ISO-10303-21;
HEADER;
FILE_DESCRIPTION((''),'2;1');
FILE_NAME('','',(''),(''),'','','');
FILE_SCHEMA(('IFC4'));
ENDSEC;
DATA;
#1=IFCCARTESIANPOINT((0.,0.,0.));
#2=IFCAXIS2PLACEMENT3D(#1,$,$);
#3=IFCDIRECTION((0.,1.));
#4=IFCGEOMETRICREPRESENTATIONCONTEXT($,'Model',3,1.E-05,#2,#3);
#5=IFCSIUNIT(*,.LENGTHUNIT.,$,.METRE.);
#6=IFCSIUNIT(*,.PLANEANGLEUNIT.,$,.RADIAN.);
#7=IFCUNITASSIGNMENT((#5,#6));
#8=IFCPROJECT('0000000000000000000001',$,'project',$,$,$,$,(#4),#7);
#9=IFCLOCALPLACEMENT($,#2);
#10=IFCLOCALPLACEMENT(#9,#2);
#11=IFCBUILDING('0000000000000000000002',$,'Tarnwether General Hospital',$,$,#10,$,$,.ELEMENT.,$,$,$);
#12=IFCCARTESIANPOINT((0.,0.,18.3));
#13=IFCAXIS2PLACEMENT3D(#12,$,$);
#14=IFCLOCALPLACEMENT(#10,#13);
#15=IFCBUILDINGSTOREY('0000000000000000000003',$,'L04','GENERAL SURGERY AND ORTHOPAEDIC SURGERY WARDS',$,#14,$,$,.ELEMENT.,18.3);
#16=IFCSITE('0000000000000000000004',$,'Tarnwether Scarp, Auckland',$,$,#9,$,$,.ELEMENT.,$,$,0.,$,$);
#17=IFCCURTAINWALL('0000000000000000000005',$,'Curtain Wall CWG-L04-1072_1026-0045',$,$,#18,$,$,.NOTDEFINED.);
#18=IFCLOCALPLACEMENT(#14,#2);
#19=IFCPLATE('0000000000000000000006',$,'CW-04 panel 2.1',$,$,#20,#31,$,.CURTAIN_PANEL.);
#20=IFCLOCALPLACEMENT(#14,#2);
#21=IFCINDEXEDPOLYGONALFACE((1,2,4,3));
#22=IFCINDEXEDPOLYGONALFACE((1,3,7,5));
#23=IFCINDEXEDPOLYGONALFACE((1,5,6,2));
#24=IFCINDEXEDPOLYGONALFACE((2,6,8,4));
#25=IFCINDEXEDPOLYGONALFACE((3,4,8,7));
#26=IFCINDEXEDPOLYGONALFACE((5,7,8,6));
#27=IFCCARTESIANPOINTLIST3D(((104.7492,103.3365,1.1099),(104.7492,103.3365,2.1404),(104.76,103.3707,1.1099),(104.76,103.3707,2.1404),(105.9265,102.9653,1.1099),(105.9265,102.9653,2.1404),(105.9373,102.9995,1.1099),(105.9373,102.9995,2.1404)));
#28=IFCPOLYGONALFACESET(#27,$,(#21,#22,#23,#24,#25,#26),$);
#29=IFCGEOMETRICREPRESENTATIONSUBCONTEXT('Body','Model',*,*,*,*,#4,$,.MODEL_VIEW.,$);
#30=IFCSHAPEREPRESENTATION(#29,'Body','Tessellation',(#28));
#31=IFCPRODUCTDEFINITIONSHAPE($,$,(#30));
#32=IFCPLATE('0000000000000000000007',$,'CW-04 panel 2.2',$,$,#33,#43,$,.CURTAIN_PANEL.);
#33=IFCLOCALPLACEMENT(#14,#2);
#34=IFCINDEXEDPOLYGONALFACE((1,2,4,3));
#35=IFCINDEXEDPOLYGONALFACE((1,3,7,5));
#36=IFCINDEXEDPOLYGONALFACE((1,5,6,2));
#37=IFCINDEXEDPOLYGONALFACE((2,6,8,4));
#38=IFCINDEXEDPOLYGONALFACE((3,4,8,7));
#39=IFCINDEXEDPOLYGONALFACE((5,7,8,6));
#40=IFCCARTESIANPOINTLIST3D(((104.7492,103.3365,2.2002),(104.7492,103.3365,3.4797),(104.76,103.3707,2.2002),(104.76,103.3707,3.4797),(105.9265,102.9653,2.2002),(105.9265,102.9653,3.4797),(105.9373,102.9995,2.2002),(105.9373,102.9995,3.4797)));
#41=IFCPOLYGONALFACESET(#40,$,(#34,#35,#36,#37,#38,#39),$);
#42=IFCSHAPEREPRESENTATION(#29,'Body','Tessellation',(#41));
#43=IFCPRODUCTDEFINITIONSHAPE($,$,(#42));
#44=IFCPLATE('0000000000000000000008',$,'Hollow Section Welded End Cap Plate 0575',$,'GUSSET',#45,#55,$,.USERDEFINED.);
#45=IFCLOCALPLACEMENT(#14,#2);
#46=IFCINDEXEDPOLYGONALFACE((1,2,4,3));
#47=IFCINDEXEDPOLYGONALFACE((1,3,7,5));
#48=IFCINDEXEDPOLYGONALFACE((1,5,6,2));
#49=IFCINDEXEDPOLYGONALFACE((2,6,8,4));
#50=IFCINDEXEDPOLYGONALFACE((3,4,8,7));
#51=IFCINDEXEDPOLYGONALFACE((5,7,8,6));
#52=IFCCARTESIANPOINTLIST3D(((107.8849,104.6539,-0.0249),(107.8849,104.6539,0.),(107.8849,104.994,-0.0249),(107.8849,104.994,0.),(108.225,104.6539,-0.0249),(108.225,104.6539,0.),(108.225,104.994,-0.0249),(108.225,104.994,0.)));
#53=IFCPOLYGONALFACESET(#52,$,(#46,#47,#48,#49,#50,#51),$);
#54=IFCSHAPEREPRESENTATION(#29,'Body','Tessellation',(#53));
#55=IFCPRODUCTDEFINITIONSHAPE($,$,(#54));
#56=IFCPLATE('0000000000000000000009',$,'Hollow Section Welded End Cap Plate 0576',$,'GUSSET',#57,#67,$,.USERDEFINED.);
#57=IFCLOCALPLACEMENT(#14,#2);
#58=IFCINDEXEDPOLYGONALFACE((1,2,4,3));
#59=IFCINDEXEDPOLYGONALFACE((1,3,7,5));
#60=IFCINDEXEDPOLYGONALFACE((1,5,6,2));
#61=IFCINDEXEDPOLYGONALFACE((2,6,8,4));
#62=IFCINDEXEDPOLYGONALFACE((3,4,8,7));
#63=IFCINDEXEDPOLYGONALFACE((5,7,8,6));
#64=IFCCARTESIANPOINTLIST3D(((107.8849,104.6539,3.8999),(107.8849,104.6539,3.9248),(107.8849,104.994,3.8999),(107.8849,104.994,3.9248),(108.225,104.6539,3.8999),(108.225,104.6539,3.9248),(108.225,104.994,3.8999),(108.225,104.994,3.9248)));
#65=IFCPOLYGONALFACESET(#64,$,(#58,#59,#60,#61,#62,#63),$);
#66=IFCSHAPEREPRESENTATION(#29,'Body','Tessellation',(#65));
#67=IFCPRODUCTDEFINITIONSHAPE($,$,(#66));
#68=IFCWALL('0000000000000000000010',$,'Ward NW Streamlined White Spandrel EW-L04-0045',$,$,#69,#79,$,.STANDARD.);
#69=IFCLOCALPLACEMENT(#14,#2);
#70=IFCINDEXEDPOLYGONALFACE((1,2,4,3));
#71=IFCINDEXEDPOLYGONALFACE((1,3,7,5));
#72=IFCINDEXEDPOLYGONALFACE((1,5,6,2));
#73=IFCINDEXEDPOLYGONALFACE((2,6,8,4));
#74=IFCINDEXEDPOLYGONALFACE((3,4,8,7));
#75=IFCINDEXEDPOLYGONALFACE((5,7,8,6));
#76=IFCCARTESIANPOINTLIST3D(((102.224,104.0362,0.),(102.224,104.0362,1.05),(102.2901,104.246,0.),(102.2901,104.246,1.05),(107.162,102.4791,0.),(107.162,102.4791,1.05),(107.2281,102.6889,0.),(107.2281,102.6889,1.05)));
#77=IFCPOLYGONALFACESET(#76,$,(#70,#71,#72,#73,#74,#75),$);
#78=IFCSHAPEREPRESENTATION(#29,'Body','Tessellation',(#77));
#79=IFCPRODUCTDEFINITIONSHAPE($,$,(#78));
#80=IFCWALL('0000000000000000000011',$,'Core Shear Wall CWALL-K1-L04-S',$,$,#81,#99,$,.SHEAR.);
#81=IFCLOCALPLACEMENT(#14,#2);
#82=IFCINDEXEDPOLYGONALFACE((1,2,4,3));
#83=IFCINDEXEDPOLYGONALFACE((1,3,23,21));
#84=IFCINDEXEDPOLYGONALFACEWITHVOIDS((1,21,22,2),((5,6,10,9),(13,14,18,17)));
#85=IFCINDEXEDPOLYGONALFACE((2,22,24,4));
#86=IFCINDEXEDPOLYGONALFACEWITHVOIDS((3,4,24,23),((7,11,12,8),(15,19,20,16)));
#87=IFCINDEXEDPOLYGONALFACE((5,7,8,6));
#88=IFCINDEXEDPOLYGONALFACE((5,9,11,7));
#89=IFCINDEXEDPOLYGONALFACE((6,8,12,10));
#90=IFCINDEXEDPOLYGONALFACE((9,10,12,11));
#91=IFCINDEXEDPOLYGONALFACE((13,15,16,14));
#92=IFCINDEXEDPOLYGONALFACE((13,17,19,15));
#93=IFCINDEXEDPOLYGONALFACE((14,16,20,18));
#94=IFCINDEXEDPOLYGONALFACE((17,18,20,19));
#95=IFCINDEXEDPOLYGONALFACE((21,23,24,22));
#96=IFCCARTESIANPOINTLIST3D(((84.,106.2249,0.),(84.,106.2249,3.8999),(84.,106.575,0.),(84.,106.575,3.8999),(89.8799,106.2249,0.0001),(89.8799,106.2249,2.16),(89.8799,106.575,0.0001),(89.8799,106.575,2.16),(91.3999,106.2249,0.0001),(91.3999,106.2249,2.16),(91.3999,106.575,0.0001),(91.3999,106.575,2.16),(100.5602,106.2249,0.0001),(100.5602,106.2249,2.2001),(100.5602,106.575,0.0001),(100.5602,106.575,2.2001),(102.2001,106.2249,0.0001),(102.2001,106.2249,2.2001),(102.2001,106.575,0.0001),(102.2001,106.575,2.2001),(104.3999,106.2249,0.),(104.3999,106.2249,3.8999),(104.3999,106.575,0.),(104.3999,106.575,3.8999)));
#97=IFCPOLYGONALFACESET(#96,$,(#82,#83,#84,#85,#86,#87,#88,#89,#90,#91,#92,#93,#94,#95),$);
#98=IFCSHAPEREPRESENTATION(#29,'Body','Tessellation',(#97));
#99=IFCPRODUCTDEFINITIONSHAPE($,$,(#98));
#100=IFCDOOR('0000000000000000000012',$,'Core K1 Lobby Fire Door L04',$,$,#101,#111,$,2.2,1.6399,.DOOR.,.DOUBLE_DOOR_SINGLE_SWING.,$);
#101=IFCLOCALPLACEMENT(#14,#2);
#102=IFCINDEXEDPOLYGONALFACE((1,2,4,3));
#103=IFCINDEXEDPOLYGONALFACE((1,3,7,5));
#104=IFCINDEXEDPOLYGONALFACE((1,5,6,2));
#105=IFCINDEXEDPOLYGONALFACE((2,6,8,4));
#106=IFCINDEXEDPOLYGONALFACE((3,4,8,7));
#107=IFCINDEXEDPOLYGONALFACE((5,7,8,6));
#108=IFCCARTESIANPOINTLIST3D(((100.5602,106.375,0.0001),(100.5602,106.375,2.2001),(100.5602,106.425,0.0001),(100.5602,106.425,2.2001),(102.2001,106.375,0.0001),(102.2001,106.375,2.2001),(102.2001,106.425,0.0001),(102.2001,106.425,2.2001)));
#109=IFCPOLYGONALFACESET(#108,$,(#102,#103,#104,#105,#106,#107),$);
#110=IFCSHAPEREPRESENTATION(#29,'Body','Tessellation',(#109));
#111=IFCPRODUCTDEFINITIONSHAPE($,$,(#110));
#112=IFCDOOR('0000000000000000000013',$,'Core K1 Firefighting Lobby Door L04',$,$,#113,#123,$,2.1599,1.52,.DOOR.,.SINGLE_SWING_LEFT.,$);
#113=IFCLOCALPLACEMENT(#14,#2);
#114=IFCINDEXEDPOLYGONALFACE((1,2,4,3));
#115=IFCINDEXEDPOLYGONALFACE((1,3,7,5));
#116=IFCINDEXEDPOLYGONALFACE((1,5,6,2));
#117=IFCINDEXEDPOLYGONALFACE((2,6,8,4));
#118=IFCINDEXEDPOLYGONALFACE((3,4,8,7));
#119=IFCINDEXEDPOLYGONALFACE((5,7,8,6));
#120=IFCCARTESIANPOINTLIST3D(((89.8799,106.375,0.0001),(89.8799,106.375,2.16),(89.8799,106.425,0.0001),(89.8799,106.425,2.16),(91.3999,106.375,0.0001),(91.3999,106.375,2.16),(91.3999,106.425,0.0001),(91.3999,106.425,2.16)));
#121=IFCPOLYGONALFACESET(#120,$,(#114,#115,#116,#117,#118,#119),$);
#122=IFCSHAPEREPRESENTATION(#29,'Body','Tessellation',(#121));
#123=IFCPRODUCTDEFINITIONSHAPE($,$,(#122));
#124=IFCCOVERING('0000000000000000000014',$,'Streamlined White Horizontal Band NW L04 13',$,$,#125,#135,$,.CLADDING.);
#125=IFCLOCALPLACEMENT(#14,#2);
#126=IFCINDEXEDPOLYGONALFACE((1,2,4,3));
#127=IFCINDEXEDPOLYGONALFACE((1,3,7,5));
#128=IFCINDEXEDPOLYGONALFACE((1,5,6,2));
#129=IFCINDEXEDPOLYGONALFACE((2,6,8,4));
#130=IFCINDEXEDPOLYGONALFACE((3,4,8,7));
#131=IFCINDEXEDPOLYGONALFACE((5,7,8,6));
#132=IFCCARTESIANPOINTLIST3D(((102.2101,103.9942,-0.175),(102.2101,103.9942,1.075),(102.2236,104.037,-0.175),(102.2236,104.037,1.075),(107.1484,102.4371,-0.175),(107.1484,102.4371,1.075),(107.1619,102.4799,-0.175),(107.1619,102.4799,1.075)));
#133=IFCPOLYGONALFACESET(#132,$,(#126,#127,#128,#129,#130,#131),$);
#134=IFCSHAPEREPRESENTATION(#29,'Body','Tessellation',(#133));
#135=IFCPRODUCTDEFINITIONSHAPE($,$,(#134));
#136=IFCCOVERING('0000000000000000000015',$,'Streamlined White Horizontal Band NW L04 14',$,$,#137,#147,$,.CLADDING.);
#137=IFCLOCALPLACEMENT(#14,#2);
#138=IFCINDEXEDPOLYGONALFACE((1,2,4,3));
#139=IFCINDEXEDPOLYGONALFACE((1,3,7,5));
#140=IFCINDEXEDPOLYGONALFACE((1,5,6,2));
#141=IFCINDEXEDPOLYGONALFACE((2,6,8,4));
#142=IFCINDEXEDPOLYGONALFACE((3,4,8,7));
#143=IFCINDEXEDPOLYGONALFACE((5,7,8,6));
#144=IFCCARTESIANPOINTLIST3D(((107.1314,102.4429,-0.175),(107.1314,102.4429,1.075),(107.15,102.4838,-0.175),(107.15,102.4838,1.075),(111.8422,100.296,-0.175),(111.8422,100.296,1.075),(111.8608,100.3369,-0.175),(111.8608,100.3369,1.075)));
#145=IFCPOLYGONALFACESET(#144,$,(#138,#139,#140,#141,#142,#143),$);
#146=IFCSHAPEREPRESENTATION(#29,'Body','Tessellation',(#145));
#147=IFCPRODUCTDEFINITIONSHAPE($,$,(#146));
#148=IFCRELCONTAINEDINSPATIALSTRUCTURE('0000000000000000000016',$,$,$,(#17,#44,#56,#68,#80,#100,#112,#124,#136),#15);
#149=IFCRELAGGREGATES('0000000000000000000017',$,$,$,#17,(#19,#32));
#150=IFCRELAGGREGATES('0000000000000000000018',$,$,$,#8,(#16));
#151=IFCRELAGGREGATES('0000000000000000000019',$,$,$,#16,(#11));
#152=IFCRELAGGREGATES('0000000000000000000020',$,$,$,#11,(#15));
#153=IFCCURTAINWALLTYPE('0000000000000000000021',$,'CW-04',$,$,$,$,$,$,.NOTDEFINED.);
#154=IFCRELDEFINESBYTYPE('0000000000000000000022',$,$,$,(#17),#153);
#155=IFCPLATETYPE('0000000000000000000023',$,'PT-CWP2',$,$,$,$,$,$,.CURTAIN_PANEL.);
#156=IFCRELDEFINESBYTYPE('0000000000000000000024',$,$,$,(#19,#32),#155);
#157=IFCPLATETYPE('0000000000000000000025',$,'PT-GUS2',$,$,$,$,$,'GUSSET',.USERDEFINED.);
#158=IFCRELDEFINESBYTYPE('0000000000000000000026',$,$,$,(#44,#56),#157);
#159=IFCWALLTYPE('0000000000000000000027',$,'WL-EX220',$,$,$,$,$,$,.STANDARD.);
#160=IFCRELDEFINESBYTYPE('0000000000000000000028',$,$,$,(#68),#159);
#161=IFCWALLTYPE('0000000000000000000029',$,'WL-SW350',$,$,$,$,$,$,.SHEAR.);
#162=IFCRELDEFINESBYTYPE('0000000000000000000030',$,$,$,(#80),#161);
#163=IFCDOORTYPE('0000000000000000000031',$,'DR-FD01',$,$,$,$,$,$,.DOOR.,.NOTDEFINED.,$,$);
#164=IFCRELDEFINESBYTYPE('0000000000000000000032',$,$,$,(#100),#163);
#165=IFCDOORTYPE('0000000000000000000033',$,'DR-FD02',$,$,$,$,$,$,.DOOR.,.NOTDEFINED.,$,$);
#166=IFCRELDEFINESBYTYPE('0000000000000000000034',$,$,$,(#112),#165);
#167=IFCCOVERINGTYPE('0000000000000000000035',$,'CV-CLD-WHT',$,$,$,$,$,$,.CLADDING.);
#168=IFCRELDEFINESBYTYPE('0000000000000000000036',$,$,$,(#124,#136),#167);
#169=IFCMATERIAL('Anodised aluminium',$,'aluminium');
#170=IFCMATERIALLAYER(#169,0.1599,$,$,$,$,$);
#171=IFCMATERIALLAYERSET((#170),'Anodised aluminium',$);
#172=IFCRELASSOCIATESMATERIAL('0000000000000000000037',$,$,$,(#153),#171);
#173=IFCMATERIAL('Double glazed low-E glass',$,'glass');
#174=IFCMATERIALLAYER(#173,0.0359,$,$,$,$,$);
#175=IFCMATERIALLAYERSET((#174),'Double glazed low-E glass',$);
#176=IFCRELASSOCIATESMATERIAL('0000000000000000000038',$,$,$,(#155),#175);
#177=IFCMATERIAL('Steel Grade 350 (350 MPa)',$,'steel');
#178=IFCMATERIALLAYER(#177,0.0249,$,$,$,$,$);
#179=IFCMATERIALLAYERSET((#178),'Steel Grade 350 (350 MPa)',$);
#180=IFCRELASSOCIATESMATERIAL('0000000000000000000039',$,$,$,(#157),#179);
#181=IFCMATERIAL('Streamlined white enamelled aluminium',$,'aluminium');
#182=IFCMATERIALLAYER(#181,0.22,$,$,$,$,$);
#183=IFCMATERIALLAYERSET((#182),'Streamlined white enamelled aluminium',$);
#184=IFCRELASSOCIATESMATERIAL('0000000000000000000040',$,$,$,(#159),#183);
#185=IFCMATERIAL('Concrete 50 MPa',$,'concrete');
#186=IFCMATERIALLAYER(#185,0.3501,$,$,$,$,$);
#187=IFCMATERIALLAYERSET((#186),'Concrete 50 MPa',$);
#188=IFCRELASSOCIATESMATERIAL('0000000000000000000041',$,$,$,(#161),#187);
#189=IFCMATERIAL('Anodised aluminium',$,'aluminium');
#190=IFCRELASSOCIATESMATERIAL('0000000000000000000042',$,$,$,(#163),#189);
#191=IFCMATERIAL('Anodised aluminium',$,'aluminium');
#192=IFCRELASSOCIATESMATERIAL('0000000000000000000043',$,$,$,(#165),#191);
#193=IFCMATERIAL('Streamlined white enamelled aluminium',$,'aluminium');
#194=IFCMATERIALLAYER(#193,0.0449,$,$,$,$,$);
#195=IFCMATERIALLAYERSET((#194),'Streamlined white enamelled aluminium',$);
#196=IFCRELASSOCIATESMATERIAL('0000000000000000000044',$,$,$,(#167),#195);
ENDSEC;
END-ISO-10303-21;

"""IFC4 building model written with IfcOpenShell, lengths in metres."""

from ifc_helpers import new_model, si_unit, direction, frame, frame_2d, origin, origin_2d, place, context, subcontext, project, spatial, rectangle, extrude, material, layer, layer_set, type_object, element, fill, aggregate, save


model = new_model("IFC4")

# Units and contexts
model_context = context("Model", 3, precision=1e-05, world=origin(), true_north=direction((0.0, 1.0)))
body_context = subcontext(model_context, "Body", "Model", "MODEL_VIEW")
ifc_project = project(units=[si_unit("LENGTHUNIT", "METRE"), si_unit("PLANEANGLEUNIT", "RADIAN")], contexts=[model_context])

# Site, building, storey
site_placement = place(None, origin())
site = spatial("IfcSite", under=ifc_project, at=site_placement, Name="Tarnwether Scarp, Auckland", CompositionType="ELEMENT", RefElevation=0.0)
building_placement = place(site_placement, origin())
building = spatial("IfcBuilding", under=site, at=building_placement, Name="Tarnwether General Hospital", CompositionType="ELEMENT")
storey_placement = place(building_placement, frame((0.0, 0.0, 18.3)))
storey = spatial("IfcBuildingStorey", under=building, at=storey_placement, Name="L04", Description="GENERAL SURGERY AND ORTHOPAEDIC SURGERY WARDS", CompositionType="ELEMENT", Elevation=18.3)

# Curtain wall
ifc_material_1 = material(Name="Anodised aluminium", Category="aluminium")
ifc_layer_1 = layer(ifc_material_1, 0.1599)
ifc_layer_set_1 = layer_set([ifc_layer_1], Name="Anodised aluminium")
curtain_wall_type = type_object("IfcCurtainWallType", Name="CW-04", PredefinedType="NOTDEFINED", material=ifc_layer_set_1)
curtain_wall_1_placement = place(storey_placement, origin())
curtain_wall_1 = element("IfcCurtainWall", 1, at=curtain_wall_1_placement, inside=storey, type_object=curtain_wall_type, Name="Curtain Wall CWG-L04-1072_1026-0045", PredefinedType="NOTDEFINED")

# Plates
ifc_material_2 = material(Name="Double glazed low-E glass", Category="glass")
ifc_layer_2 = layer(ifc_material_2, 0.0359)
ifc_layer_set_2 = layer_set([ifc_layer_2], Name="Double glazed low-E glass")
plate_type_1 = type_object("IfcPlateType", Name="PT-CWP2", PredefinedType="CURTAIN_PANEL", material=ifc_layer_set_2)
plate_1_placement = place(storey_placement, frame((105.3433, 103.168, 1.1099), z_axis=(0.0, 0.0, 1.0), x_axis=(-0.953714, 0.300715, 0.0)))
plate_1 = element("IfcPlate", 2, at=plate_1_placement, type_object=plate_type_1, Name="CW-04 panel 2.1", PredefinedType="CURTAIN_PANEL", context=body_context, shape_type="SweptSolid", body=[
    extrude(rectangle(XDim=1.2344, YDim=0.0359, at=origin_2d()), origin(), (0.0, 0.0, 1.0), 1.0305),
])
plate_2_placement = place(storey_placement, frame((105.3433, 103.168, 2.2002), z_axis=(0.0, 0.0, 1.0), x_axis=(-0.953714, 0.300715, 0.0)))
plate_2 = element("IfcPlate", 3, at=plate_2_placement, type_object=plate_type_1, Name="CW-04 panel 2.2", PredefinedType="CURTAIN_PANEL", context=body_context, shape_type="SweptSolid", body=[
    extrude(rectangle(XDim=1.2344, YDim=0.0359, at=origin_2d()), origin(), (0.0, 0.0, 1.0), 1.2795),
])
aggregate(curtain_wall_1, [plate_1, plate_2])

# Plates
ifc_material_3 = material(Name="Steel Grade 350 (350 MPa)", Category="steel")
ifc_layer_3 = layer(ifc_material_3, 0.0249)
ifc_layer_set_3 = layer_set([ifc_layer_3], Name="Steel Grade 350 (350 MPa)")
plate_type_2 = type_object("IfcPlateType", Name="PT-GUS2", ElementType="GUSSET", PredefinedType="USERDEFINED", material=ifc_layer_set_3)
for number, where, z_axis, x_axis, name in (
    (4, (108.0549, 104.824, -0.0249), (0.0, 0.0, 1.0), (1.0, 0.0, 0.0), "Hollow Section Welded End Cap Plate 0575"),
    (5, (108.0549, 104.824, 3.8999), (0.0, 0.0, 1.0), (1.0, 0.0, 0.0), "Hollow Section Welded End Cap Plate 0576"),
):
    element("IfcPlate", number, at=place(storey_placement, frame(where, z_axis=z_axis, x_axis=x_axis)), inside=storey, type_object=plate_type_2, Name=name, ObjectType="GUSSET", PredefinedType="USERDEFINED", context=body_context, shape_type="SweptSolid", body=[
        extrude(rectangle(XDim=0.3401, YDim=0.3401, at=origin_2d()), origin(), (0.0, 0.0, 1.0), 0.0249),
    ])

# Wall
ifc_material_4 = material(Name="Streamlined white enamelled aluminium", Category="aluminium")
ifc_layer_4 = layer(ifc_material_4, 0.22)
ifc_layer_set_4 = layer_set([ifc_layer_4], Name="Streamlined white enamelled aluminium")
wall_type_1 = type_object("IfcWallType", Name="WL-EX220", PredefinedType="STANDARD", material=ifc_layer_set_4)
wall_1_placement = place(storey_placement, frame((107.1951, 102.584, 0.0), z_axis=(0.0, 0.0, 1.0), x_axis=(-0.953707, 0.300739, 0.0)))
element("IfcWall", 6, at=wall_1_placement, inside=storey, type_object=wall_type_1, Name="Ward NW Streamlined White Spandrel EW-L04-0045", PredefinedType="STANDARD", context=body_context, shape_type="SweptSolid", body=[
    extrude(rectangle(XDim=5.1777, YDim=0.22, at=frame_2d((2.5889, 0.0))), origin(), (0.0, 0.0, 1.0), 1.05),
])

# Wall, openings, doors
ifc_material_5 = material(Name="Concrete 50 MPa", Category="concrete")
ifc_layer_5 = layer(ifc_material_5, 0.3501)
ifc_layer_set_5 = layer_set([ifc_layer_5], Name="Concrete 50 MPa")
wall_type_2 = type_object("IfcWallType", Name="WL-SW350", PredefinedType="SHEAR", material=ifc_layer_set_5)
wall_2_placement = place(storey_placement, frame((104.3999, 106.3999, 0.0), z_axis=(0.0, 0.0, 1.0), x_axis=(-1.0, 0.0, 0.0)))
wall_2 = element("IfcWall", 7, at=wall_2_placement, inside=storey, type_object=wall_type_2, Name="Core Shear Wall CWALL-K1-L04-S", PredefinedType="SHEAR", context=body_context, shape_type="SweptSolid", body=[
    extrude(rectangle(XDim=20.3999, YDim=0.3501, at=frame_2d((10.2, 0.0))), origin(), (0.0, 0.0, 1.0), 3.8999),
])
opening_1_placement = place(wall_2_placement, frame((2.2, 0.0, 0.0)))
opening_1 = element("IfcOpeningElement", 8, at=opening_1_placement, cuts=wall_2, PredefinedType="OPENING", context=body_context, shape_type="SweptSolid", body=[
    extrude(rectangle(XDim=1.6399, YDim=2.2, at=frame_2d((0.8198, 1.1001))), frame((0.0, 0.1851, 0.0), z_axis=(0.0, -1.0, 0.0), x_axis=(1.0, 0.0, 0.0)), (0.0, 0.0, 1.0), 0.3701),
])
opening_2_placement = place(wall_2_placement, frame((13.0, 0.0, 0.0)))
opening_2 = element("IfcOpeningElement", 9, at=opening_2_placement, cuts=wall_2, PredefinedType="OPENING", context=body_context, shape_type="SweptSolid", body=[
    extrude(rectangle(XDim=1.52, YDim=2.1599, at=frame_2d((0.76, 1.0801))), frame((0.0, 0.1851, 0.0), z_axis=(0.0, -1.0, 0.0), x_axis=(1.0, 0.0, 0.0)), (0.0, 0.0, 1.0), 0.3701),
])
ifc_material_6 = material(Name="Anodised aluminium", Category="aluminium")
door_type_1 = type_object("IfcDoorType", Name="DR-FD01", OperationType="NOTDEFINED", PredefinedType="DOOR", material=ifc_material_6)
door_1_placement = place(opening_1_placement, origin())
door_1 = element("IfcDoor", 10, at=door_1_placement, inside=storey, type_object=door_type_1, Name="Core K1 Lobby Fire Door L04", OperationType="DOUBLE_DOOR_SINGLE_SWING", OverallHeight=2.2, OverallWidth=1.6399, PredefinedType="DOOR", context=body_context, shape_type="SweptSolid", body=[
    extrude(rectangle(XDim=1.6399, YDim=2.2, at=frame_2d((0.8198, 1.1001))), frame((0.0, 0.0249, 0.0), z_axis=(0.0, -1.0, 0.0), x_axis=(1.0, 0.0, 0.0)), (0.0, 0.0, 1.0), 0.05),
])
fill(opening_1, door_1)
ifc_material_7 = material(Name="Anodised aluminium", Category="aluminium")
door_type_2 = type_object("IfcDoorType", Name="DR-FD02", OperationType="NOTDEFINED", PredefinedType="DOOR", material=ifc_material_7)
door_2_placement = place(opening_2_placement, origin())
door_2 = element("IfcDoor", 11, at=door_2_placement, inside=storey, type_object=door_type_2, Name="Core K1 Firefighting Lobby Door L04", OperationType="SINGLE_SWING_LEFT", OverallHeight=2.1599, OverallWidth=1.52, PredefinedType="DOOR", context=body_context, shape_type="SweptSolid", body=[
    extrude(rectangle(XDim=1.52, YDim=2.1599, at=frame_2d((0.76, 1.0801))), frame((0.0, 0.0249, 0.0), z_axis=(0.0, -1.0, 0.0), x_axis=(1.0, 0.0, 0.0)), (0.0, 0.0, 1.0), 0.05),
])
fill(opening_2, door_2)

# Coverings
ifc_material_8 = material(Name="Streamlined white enamelled aluminium", Category="aluminium")
ifc_layer_6 = layer(ifc_material_8, 0.0449)
ifc_layer_set_6 = layer_set([ifc_layer_6], Name="Streamlined white enamelled aluminium")
covering_type = type_object("IfcCoveringType", Name="CV-CLD-WHT", PredefinedType="CLADDING", material=ifc_layer_set_6)
covering_1_placement = place(storey_placement, frame((104.686, 103.2371, -0.175), z_axis=(0.0, 0.0, 1.0), x_axis=(-0.953712, 0.300722, 0.0)))
element("IfcCovering", 12, at=covering_1_placement, inside=storey, type_object=covering_type, Name="Streamlined White Horizontal Band NW L04 13", PredefinedType="CLADDING", context=body_context, shape_type="SweptSolid", body=[
    extrude(rectangle(XDim=5.178, YDim=0.0449, at=origin_2d()), origin(), (0.0, 0.0, 1.0), 1.25),
])
covering_2_placement = place(storey_placement, frame((109.4961, 101.3899, -0.175), z_axis=(0.0, 0.0, 1.0), x_axis=(-0.909954, 0.414709, 0.0)))
element("IfcCovering", 13, at=covering_2_placement, inside=storey, type_object=covering_type, Name="Streamlined White Horizontal Band NW L04 14", PredefinedType="CLADDING", context=body_context, shape_type="SweptSolid", body=[
    extrude(rectangle(XDim=5.177, YDim=0.0449, at=origin_2d()), origin(), (0.0, 0.0, 1.0), 1.25),
])

save(model, "model.ifc")
